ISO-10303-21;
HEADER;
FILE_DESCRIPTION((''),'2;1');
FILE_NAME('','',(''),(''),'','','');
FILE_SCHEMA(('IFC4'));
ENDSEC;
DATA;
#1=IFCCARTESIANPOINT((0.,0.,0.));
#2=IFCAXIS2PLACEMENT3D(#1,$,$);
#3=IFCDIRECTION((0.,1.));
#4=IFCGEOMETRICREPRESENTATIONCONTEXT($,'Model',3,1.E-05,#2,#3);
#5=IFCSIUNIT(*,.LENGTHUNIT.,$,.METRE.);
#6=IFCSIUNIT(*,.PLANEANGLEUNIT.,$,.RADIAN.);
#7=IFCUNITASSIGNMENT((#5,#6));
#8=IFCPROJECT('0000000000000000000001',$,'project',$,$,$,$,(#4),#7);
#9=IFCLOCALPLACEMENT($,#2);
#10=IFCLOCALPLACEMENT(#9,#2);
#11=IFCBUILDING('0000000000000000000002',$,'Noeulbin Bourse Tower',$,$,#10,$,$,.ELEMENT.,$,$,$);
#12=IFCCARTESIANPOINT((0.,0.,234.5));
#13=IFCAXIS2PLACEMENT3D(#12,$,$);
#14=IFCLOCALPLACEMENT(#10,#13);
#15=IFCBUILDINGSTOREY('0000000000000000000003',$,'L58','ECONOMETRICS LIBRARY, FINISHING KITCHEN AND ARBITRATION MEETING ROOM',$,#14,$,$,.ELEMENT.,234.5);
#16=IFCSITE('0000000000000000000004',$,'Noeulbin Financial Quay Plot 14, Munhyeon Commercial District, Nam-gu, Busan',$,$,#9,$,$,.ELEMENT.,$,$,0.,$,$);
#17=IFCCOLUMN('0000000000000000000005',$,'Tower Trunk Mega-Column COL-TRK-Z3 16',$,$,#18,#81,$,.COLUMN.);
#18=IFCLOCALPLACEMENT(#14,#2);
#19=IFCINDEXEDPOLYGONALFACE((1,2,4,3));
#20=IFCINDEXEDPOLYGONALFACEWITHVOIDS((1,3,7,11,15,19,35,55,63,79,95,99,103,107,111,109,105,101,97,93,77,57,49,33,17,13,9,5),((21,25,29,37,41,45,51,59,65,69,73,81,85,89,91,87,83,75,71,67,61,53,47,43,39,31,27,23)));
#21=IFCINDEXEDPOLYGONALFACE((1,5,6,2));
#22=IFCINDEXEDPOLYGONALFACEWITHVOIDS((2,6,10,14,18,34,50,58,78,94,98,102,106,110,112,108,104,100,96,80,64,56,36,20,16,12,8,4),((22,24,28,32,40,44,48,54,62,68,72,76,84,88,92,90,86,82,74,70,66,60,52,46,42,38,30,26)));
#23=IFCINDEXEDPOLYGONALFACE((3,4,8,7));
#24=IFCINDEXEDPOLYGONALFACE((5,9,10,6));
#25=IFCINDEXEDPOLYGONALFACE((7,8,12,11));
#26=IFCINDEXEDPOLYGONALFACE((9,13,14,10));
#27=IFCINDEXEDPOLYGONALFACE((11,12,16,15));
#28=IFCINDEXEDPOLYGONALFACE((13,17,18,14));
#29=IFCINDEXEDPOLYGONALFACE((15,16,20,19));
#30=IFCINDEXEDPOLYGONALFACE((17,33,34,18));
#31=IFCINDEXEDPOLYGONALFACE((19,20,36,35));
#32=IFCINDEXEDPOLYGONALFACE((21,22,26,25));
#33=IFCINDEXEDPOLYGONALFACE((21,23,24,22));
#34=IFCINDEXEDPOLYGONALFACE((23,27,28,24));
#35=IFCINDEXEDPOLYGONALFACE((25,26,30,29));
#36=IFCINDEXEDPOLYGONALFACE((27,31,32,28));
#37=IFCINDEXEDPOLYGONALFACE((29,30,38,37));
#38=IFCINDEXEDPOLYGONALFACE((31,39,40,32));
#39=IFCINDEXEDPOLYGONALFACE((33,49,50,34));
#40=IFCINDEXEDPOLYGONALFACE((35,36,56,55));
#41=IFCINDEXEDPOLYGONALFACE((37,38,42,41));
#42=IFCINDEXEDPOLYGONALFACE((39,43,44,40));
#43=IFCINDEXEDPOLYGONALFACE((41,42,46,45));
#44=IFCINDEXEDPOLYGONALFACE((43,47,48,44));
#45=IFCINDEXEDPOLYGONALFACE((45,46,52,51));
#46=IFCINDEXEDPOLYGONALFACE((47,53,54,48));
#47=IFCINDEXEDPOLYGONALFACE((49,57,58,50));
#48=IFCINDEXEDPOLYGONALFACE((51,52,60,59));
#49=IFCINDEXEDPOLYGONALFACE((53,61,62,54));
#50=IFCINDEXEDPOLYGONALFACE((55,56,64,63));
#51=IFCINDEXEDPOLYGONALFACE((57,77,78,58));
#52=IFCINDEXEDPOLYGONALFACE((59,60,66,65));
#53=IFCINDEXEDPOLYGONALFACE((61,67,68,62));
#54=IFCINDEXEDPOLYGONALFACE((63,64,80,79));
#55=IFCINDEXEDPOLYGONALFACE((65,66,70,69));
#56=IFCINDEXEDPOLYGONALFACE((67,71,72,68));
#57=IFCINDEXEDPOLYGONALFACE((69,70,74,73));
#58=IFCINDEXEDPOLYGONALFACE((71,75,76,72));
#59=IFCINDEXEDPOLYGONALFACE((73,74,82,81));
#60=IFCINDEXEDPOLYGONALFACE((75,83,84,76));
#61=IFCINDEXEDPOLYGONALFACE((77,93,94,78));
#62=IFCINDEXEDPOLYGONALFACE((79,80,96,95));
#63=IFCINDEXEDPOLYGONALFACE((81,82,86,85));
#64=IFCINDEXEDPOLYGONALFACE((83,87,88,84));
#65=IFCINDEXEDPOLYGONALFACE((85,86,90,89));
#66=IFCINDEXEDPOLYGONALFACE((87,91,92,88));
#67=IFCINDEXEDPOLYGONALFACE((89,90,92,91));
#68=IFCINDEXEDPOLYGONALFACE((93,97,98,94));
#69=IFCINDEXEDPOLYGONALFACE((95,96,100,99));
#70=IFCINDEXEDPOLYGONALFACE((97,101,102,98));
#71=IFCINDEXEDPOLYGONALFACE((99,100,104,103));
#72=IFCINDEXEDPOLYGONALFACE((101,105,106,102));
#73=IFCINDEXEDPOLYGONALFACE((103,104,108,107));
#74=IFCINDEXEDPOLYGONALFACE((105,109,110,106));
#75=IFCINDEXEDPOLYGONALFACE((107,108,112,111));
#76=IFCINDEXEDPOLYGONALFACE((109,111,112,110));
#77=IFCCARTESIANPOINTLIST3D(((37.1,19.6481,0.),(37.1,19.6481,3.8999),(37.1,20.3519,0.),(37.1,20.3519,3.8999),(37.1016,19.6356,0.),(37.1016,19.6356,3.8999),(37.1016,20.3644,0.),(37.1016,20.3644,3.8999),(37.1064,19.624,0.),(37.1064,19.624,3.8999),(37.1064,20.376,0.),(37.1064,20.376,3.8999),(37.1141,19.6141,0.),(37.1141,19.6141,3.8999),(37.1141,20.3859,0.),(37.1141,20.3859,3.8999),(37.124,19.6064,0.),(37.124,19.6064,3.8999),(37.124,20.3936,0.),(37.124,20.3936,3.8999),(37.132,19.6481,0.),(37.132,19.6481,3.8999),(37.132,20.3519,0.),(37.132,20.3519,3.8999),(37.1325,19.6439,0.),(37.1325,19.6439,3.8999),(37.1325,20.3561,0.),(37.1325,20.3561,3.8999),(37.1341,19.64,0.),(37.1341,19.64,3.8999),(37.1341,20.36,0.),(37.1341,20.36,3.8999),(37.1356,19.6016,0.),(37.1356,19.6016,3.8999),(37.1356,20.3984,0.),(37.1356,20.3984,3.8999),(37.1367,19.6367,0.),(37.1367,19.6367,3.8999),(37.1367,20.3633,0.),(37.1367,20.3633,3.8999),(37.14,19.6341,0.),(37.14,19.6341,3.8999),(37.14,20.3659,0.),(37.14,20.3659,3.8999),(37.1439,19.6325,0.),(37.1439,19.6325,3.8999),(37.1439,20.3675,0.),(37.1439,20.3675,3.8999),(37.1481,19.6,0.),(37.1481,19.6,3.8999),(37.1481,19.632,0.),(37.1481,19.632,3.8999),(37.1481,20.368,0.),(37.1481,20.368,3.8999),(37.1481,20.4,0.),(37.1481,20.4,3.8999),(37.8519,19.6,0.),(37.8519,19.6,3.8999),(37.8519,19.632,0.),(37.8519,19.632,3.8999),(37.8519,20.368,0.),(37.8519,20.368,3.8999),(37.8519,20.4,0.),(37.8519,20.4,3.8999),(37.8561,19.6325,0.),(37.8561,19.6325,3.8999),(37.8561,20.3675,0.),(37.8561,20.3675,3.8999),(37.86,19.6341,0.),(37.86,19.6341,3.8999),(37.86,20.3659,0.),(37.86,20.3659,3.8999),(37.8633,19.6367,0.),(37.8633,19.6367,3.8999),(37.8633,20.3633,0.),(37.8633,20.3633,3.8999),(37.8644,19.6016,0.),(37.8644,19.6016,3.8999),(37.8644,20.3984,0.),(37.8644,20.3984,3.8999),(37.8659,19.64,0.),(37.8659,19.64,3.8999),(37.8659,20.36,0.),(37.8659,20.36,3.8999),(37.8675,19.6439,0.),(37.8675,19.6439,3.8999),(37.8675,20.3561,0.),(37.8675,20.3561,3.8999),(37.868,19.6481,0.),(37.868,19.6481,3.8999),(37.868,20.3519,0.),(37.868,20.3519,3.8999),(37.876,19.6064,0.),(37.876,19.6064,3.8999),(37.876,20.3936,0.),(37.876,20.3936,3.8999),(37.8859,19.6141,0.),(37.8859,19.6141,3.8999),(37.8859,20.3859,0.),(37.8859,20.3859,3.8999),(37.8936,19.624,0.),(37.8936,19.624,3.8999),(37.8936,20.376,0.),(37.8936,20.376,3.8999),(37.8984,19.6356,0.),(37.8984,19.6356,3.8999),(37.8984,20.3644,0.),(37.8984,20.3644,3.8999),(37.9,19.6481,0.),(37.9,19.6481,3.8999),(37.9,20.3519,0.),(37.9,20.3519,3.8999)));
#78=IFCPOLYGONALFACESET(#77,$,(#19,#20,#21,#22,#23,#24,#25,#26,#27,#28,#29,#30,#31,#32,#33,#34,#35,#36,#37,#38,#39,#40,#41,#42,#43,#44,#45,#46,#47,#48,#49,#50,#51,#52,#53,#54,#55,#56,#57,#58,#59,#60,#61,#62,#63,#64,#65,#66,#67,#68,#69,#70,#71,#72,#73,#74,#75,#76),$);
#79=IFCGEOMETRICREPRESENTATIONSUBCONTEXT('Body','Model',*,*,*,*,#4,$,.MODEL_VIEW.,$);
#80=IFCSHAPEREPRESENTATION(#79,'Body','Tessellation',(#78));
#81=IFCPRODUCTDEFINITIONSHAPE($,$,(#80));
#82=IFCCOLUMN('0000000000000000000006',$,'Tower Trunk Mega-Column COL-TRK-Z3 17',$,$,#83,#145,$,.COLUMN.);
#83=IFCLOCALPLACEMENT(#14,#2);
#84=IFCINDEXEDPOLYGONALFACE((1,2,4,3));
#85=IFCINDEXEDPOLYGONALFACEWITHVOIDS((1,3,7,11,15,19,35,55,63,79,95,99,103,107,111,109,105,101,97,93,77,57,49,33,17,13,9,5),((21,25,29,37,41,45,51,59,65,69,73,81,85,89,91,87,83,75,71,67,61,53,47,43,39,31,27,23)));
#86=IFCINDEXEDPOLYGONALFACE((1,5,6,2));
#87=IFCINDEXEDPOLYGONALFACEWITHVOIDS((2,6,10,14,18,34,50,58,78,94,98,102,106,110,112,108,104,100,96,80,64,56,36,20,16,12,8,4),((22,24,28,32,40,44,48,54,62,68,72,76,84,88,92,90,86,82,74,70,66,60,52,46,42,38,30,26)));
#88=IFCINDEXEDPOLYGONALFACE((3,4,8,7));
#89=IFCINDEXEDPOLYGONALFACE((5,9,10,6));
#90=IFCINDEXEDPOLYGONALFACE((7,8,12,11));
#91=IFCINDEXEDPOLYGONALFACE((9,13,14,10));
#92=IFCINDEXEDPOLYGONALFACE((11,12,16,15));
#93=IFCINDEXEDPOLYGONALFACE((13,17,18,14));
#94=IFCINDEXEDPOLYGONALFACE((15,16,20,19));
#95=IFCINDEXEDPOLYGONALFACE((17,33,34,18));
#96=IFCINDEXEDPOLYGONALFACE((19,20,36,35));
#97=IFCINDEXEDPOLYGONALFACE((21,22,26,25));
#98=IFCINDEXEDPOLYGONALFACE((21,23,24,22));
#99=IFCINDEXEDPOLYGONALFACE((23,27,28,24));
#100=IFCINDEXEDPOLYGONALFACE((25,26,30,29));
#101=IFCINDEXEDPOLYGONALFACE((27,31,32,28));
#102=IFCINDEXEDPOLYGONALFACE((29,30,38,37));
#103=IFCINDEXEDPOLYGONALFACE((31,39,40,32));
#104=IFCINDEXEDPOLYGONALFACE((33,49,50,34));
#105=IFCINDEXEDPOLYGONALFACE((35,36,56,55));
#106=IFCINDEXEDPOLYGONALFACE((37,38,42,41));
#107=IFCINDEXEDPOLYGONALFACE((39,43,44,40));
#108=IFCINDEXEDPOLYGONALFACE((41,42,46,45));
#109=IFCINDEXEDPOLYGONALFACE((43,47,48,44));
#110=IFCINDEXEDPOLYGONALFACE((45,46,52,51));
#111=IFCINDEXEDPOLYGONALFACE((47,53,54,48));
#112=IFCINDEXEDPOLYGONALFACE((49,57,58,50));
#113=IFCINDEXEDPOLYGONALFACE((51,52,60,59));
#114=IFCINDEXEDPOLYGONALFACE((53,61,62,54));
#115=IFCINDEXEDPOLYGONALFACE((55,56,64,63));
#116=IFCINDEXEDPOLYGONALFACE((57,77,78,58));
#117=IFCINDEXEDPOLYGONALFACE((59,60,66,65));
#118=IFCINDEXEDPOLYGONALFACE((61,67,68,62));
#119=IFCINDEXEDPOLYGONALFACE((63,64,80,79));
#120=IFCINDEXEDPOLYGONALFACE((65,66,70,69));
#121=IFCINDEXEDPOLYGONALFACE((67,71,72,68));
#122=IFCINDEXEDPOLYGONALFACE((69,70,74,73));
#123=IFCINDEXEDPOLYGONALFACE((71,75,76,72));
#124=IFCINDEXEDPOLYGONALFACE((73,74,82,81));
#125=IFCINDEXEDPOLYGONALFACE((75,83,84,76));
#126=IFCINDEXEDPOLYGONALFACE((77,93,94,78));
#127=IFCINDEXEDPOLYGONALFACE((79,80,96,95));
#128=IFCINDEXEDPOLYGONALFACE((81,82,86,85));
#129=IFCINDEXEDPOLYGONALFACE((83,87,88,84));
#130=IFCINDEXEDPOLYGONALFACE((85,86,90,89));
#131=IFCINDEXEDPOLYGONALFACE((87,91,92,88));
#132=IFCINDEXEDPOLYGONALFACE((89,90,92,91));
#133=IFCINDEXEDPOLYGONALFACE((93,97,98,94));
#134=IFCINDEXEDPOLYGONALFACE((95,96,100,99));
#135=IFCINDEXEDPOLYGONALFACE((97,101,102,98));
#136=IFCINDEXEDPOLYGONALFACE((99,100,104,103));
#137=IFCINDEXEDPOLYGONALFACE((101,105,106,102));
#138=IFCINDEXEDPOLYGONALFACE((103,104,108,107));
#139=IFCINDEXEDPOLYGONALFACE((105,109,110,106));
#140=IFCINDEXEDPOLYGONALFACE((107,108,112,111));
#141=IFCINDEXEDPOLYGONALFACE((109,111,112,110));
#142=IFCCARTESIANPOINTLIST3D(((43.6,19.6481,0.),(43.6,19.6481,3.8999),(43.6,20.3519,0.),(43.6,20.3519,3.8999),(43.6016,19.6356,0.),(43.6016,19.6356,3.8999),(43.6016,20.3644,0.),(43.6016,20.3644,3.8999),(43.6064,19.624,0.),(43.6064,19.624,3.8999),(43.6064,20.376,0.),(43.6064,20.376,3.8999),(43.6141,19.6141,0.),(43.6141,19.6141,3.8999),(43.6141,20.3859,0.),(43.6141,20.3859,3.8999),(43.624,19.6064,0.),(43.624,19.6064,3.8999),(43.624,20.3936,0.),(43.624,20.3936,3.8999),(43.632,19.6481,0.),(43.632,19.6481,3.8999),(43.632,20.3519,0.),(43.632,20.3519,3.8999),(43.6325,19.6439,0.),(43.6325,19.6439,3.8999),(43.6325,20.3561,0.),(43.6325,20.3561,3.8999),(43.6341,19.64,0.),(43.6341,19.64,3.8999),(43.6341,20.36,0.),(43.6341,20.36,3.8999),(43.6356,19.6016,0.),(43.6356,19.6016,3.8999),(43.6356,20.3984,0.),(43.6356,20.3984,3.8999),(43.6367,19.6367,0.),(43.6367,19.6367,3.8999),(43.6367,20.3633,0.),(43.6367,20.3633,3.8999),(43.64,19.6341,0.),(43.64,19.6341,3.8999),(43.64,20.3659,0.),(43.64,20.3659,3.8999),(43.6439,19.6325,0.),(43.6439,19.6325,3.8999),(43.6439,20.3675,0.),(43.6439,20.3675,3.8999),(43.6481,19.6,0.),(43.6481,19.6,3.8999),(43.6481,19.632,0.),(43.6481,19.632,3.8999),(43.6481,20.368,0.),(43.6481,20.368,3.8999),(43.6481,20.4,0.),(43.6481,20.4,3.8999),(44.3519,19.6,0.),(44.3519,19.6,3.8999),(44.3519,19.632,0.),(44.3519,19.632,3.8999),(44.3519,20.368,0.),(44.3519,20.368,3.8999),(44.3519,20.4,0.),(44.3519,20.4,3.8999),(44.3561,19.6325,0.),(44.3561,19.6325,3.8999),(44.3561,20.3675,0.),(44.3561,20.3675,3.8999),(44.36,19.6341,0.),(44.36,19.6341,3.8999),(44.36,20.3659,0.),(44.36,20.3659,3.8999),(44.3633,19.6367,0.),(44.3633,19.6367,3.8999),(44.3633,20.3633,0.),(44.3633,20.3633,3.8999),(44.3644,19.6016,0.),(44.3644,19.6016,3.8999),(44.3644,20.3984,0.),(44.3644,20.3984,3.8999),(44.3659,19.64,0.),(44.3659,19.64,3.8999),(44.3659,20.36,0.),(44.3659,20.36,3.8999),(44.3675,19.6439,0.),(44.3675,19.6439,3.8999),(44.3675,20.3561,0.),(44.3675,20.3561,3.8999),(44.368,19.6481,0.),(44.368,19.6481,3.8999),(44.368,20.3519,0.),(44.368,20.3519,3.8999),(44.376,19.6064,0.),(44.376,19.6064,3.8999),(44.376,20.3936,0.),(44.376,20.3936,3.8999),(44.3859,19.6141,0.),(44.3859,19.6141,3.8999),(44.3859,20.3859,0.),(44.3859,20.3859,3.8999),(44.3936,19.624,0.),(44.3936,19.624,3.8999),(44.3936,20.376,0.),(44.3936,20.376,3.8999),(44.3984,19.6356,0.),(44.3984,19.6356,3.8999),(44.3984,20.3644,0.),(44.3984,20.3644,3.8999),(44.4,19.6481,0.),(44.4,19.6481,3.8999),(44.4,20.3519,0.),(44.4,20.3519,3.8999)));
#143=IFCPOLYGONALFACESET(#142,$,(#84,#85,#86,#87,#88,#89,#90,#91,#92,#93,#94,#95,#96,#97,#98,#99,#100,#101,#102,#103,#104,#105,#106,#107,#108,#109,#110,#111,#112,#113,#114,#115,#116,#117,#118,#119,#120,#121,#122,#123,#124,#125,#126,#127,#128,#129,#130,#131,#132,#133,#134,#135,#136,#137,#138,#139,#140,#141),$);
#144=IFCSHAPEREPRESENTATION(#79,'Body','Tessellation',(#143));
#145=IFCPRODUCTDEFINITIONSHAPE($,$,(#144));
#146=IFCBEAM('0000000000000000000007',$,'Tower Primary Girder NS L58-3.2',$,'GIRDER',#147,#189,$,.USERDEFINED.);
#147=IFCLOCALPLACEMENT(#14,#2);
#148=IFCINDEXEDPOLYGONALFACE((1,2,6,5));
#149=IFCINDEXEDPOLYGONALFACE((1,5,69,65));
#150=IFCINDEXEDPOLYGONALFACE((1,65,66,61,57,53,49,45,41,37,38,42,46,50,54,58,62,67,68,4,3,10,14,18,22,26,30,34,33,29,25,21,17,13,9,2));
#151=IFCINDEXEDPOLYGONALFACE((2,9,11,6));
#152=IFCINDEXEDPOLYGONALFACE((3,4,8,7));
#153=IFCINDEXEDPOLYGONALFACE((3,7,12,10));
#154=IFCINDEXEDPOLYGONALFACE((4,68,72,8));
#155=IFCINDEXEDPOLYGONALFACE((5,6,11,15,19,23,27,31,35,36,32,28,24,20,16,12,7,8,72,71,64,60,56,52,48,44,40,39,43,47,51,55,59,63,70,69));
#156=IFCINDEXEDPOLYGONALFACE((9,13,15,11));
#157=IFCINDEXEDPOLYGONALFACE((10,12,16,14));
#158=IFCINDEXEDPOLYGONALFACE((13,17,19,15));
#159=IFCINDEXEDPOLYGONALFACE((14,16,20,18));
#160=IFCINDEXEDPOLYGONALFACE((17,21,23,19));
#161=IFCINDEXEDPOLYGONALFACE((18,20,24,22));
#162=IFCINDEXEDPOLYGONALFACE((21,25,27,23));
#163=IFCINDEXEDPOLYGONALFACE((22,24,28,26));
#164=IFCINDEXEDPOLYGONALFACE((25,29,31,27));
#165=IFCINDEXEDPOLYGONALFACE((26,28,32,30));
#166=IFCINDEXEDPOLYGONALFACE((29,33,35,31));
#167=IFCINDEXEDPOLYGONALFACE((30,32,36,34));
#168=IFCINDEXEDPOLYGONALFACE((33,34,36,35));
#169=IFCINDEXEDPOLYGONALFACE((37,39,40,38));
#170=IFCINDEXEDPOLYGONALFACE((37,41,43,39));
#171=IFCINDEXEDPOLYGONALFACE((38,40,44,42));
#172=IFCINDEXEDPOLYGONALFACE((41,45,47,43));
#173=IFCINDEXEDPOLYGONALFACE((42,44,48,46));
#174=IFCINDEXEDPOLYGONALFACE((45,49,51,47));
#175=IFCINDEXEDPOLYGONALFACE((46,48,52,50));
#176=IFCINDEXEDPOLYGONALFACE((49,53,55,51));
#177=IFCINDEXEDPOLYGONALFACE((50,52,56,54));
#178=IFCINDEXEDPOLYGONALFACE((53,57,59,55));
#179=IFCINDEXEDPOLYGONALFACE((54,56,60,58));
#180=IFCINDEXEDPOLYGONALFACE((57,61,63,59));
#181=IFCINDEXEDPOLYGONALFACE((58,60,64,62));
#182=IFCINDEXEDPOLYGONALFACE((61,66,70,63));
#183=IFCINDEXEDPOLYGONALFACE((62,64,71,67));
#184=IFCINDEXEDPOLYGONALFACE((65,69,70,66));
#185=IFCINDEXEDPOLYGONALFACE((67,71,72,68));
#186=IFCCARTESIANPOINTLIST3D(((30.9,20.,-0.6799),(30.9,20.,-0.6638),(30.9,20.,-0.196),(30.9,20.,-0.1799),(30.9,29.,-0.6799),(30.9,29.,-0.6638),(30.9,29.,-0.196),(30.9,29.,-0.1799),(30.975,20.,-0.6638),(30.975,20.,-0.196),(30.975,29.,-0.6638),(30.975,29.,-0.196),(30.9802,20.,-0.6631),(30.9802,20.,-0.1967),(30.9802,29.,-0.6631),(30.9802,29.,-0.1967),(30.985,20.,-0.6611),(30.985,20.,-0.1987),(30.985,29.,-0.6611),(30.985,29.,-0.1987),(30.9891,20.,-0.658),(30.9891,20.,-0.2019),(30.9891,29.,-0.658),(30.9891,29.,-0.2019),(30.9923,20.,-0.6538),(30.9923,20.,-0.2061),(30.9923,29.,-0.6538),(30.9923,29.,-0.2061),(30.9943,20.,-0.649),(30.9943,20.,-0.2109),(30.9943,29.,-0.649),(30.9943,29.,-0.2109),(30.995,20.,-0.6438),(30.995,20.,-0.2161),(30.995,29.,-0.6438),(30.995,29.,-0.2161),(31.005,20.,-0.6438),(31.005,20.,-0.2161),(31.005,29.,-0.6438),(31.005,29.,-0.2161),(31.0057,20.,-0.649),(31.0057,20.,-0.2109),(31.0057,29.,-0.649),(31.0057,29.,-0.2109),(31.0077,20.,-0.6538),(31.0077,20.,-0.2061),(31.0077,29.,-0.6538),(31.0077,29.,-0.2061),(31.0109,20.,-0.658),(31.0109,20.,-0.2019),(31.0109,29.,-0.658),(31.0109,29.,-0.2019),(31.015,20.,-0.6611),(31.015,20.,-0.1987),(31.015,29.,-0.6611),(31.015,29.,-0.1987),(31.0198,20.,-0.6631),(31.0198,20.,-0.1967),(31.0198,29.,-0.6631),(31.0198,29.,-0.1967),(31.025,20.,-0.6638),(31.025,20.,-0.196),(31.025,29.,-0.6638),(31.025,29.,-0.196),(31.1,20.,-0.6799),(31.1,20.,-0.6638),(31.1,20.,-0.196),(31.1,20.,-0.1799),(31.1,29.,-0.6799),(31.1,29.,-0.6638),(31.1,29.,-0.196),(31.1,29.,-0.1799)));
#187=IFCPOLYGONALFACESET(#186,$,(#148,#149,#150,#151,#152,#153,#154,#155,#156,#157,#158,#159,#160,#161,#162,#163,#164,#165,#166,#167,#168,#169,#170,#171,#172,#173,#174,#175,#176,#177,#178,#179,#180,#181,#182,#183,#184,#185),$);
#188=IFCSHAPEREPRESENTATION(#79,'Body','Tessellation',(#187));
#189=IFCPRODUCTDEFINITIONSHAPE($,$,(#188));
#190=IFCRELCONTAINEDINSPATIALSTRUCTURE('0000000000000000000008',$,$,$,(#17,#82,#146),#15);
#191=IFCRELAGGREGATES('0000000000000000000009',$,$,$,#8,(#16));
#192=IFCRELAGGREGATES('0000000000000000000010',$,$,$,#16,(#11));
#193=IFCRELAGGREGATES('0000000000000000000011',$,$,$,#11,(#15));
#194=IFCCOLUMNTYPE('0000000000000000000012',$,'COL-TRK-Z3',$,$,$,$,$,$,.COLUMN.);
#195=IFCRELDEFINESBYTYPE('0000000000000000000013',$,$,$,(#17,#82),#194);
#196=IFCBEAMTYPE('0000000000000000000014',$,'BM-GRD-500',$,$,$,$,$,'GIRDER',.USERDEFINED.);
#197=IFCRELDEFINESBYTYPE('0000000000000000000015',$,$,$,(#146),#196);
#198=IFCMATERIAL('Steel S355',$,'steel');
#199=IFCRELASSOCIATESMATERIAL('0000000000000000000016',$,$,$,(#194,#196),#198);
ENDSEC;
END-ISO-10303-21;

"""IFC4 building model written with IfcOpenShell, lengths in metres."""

from ifc_helpers import new_model, si_unit, direction, frame, origin, origin_2d, place, context, subcontext, project, spatial, hollow_rectangle, i_section, extrude, material, material_profile, profile_set, type_object, element, save


model = new_model("IFC4")

# Units and contexts
model_context = context("Model", 3, precision=1e-05, world=origin(), true_north=direction((0.0, 1.0)))
body_context = subcontext(model_context, "Body", "Model", "MODEL_VIEW")
ifc_project = project(units=[si_unit("LENGTHUNIT", "METRE"), si_unit("PLANEANGLEUNIT", "RADIAN")], contexts=[model_context])

# Site, building, storey
site_placement = place(None, origin())
site = spatial("IfcSite", under=ifc_project, at=site_placement, Name="Noeulbin Financial Quay Plot 14, Munhyeon Commercial District, Nam-gu, Busan", CompositionType="ELEMENT", RefElevation=0.0)
building_placement = place(site_placement, origin())
building = spatial("IfcBuilding", under=site, at=building_placement, Name="Noeulbin Bourse Tower", CompositionType="ELEMENT")
storey_placement = place(building_placement, frame((0.0, 0.0, 234.5)))
storey = spatial("IfcBuildingStorey", under=building, at=storey_placement, Name="L58", Description="ECONOMETRICS LIBRARY, FINISHING KITCHEN AND ARBITRATION MEETING ROOM", CompositionType="ELEMENT", Elevation=234.5)

# Columns
ifc_material_1 = material(Name="Steel S355", Category="steel")
ifc_material_profile_1 = material_profile(ifc_material_1, hollow_rectangle(XDim=0.8, YDim=0.8, WallThickness=0.032, InnerFilletRadius=0.0161, OuterFilletRadius=0.0481, at=origin_2d()), Name="BOX-800x800x32", Category="LoadBearing")
ifc_profile_set_1 = profile_set([ifc_material_profile_1], Name="Steel S355")
column_type_1 = type_object("IfcColumnType", Name="COL-TRK-Z3", PredefinedType="COLUMN", material=ifc_profile_set_1)
for number, where, z_axis, x_axis, name in (
    (1, (37.5, 20.0, 0.0), (0.0, 0.0, 1.0), (1.0, 0.0, 0.0), "Tower Trunk Mega-Column COL-TRK-Z3 16"),
    (2, (44.0, 20.0, 0.0), (0.0, 0.0, 1.0), (1.0, 0.0, 0.0), "Tower Trunk Mega-Column COL-TRK-Z3 17"),
):
    element("IfcColumn", number, at=place(storey_placement, frame(where, z_axis=z_axis, x_axis=x_axis)), inside=storey, type_object=column_type_1, Name=name, PredefinedType="COLUMN", context=body_context, shape_type="SweptSolid", body=[
        extrude(hollow_rectangle(XDim=0.8, YDim=0.8, WallThickness=0.032, InnerFilletRadius=0.0161, OuterFilletRadius=0.0481, at=origin_2d()), origin(), (0.0, 0.0, 1.0), 3.8999),
    ])

# Beam
ifc_material_profile_2 = material_profile(ifc_material_1, i_section(OverallWidth=0.2, OverallDepth=0.5, WebThickness=0.01, FlangeThickness=0.0161, FilletRadius=0.02, at=origin_2d()), Name="H-500x200x10x16", Category="LoadBearing")
ifc_profile_set_2 = profile_set([ifc_material_profile_2], Name="Steel S355")
beam_type_1 = type_object("IfcBeamType", Name="BM-GRD-500", ElementType="GIRDER", PredefinedType="USERDEFINED", material=ifc_profile_set_2)
beam_1_placement = place(storey_placement, frame((31.0, 20.0, -0.4299), z_axis=(0.0, 1.0, 0.0), x_axis=(-1.0, 0.0, 0.0)))
element("IfcBeam", 3, at=beam_1_placement, inside=storey, type_object=beam_type_1, Name="Tower Primary Girder NS L58-3.2", ObjectType="GIRDER", PredefinedType="USERDEFINED", context=body_context, shape_type="SweptSolid", body=[
    extrude(i_section(OverallWidth=0.2, OverallDepth=0.5, WebThickness=0.01, FlangeThickness=0.0161, FilletRadius=0.02, at=origin_2d()), origin(), (0.0, 0.0, 1.0), 9.0),
])

save(model, "model.ifc")
